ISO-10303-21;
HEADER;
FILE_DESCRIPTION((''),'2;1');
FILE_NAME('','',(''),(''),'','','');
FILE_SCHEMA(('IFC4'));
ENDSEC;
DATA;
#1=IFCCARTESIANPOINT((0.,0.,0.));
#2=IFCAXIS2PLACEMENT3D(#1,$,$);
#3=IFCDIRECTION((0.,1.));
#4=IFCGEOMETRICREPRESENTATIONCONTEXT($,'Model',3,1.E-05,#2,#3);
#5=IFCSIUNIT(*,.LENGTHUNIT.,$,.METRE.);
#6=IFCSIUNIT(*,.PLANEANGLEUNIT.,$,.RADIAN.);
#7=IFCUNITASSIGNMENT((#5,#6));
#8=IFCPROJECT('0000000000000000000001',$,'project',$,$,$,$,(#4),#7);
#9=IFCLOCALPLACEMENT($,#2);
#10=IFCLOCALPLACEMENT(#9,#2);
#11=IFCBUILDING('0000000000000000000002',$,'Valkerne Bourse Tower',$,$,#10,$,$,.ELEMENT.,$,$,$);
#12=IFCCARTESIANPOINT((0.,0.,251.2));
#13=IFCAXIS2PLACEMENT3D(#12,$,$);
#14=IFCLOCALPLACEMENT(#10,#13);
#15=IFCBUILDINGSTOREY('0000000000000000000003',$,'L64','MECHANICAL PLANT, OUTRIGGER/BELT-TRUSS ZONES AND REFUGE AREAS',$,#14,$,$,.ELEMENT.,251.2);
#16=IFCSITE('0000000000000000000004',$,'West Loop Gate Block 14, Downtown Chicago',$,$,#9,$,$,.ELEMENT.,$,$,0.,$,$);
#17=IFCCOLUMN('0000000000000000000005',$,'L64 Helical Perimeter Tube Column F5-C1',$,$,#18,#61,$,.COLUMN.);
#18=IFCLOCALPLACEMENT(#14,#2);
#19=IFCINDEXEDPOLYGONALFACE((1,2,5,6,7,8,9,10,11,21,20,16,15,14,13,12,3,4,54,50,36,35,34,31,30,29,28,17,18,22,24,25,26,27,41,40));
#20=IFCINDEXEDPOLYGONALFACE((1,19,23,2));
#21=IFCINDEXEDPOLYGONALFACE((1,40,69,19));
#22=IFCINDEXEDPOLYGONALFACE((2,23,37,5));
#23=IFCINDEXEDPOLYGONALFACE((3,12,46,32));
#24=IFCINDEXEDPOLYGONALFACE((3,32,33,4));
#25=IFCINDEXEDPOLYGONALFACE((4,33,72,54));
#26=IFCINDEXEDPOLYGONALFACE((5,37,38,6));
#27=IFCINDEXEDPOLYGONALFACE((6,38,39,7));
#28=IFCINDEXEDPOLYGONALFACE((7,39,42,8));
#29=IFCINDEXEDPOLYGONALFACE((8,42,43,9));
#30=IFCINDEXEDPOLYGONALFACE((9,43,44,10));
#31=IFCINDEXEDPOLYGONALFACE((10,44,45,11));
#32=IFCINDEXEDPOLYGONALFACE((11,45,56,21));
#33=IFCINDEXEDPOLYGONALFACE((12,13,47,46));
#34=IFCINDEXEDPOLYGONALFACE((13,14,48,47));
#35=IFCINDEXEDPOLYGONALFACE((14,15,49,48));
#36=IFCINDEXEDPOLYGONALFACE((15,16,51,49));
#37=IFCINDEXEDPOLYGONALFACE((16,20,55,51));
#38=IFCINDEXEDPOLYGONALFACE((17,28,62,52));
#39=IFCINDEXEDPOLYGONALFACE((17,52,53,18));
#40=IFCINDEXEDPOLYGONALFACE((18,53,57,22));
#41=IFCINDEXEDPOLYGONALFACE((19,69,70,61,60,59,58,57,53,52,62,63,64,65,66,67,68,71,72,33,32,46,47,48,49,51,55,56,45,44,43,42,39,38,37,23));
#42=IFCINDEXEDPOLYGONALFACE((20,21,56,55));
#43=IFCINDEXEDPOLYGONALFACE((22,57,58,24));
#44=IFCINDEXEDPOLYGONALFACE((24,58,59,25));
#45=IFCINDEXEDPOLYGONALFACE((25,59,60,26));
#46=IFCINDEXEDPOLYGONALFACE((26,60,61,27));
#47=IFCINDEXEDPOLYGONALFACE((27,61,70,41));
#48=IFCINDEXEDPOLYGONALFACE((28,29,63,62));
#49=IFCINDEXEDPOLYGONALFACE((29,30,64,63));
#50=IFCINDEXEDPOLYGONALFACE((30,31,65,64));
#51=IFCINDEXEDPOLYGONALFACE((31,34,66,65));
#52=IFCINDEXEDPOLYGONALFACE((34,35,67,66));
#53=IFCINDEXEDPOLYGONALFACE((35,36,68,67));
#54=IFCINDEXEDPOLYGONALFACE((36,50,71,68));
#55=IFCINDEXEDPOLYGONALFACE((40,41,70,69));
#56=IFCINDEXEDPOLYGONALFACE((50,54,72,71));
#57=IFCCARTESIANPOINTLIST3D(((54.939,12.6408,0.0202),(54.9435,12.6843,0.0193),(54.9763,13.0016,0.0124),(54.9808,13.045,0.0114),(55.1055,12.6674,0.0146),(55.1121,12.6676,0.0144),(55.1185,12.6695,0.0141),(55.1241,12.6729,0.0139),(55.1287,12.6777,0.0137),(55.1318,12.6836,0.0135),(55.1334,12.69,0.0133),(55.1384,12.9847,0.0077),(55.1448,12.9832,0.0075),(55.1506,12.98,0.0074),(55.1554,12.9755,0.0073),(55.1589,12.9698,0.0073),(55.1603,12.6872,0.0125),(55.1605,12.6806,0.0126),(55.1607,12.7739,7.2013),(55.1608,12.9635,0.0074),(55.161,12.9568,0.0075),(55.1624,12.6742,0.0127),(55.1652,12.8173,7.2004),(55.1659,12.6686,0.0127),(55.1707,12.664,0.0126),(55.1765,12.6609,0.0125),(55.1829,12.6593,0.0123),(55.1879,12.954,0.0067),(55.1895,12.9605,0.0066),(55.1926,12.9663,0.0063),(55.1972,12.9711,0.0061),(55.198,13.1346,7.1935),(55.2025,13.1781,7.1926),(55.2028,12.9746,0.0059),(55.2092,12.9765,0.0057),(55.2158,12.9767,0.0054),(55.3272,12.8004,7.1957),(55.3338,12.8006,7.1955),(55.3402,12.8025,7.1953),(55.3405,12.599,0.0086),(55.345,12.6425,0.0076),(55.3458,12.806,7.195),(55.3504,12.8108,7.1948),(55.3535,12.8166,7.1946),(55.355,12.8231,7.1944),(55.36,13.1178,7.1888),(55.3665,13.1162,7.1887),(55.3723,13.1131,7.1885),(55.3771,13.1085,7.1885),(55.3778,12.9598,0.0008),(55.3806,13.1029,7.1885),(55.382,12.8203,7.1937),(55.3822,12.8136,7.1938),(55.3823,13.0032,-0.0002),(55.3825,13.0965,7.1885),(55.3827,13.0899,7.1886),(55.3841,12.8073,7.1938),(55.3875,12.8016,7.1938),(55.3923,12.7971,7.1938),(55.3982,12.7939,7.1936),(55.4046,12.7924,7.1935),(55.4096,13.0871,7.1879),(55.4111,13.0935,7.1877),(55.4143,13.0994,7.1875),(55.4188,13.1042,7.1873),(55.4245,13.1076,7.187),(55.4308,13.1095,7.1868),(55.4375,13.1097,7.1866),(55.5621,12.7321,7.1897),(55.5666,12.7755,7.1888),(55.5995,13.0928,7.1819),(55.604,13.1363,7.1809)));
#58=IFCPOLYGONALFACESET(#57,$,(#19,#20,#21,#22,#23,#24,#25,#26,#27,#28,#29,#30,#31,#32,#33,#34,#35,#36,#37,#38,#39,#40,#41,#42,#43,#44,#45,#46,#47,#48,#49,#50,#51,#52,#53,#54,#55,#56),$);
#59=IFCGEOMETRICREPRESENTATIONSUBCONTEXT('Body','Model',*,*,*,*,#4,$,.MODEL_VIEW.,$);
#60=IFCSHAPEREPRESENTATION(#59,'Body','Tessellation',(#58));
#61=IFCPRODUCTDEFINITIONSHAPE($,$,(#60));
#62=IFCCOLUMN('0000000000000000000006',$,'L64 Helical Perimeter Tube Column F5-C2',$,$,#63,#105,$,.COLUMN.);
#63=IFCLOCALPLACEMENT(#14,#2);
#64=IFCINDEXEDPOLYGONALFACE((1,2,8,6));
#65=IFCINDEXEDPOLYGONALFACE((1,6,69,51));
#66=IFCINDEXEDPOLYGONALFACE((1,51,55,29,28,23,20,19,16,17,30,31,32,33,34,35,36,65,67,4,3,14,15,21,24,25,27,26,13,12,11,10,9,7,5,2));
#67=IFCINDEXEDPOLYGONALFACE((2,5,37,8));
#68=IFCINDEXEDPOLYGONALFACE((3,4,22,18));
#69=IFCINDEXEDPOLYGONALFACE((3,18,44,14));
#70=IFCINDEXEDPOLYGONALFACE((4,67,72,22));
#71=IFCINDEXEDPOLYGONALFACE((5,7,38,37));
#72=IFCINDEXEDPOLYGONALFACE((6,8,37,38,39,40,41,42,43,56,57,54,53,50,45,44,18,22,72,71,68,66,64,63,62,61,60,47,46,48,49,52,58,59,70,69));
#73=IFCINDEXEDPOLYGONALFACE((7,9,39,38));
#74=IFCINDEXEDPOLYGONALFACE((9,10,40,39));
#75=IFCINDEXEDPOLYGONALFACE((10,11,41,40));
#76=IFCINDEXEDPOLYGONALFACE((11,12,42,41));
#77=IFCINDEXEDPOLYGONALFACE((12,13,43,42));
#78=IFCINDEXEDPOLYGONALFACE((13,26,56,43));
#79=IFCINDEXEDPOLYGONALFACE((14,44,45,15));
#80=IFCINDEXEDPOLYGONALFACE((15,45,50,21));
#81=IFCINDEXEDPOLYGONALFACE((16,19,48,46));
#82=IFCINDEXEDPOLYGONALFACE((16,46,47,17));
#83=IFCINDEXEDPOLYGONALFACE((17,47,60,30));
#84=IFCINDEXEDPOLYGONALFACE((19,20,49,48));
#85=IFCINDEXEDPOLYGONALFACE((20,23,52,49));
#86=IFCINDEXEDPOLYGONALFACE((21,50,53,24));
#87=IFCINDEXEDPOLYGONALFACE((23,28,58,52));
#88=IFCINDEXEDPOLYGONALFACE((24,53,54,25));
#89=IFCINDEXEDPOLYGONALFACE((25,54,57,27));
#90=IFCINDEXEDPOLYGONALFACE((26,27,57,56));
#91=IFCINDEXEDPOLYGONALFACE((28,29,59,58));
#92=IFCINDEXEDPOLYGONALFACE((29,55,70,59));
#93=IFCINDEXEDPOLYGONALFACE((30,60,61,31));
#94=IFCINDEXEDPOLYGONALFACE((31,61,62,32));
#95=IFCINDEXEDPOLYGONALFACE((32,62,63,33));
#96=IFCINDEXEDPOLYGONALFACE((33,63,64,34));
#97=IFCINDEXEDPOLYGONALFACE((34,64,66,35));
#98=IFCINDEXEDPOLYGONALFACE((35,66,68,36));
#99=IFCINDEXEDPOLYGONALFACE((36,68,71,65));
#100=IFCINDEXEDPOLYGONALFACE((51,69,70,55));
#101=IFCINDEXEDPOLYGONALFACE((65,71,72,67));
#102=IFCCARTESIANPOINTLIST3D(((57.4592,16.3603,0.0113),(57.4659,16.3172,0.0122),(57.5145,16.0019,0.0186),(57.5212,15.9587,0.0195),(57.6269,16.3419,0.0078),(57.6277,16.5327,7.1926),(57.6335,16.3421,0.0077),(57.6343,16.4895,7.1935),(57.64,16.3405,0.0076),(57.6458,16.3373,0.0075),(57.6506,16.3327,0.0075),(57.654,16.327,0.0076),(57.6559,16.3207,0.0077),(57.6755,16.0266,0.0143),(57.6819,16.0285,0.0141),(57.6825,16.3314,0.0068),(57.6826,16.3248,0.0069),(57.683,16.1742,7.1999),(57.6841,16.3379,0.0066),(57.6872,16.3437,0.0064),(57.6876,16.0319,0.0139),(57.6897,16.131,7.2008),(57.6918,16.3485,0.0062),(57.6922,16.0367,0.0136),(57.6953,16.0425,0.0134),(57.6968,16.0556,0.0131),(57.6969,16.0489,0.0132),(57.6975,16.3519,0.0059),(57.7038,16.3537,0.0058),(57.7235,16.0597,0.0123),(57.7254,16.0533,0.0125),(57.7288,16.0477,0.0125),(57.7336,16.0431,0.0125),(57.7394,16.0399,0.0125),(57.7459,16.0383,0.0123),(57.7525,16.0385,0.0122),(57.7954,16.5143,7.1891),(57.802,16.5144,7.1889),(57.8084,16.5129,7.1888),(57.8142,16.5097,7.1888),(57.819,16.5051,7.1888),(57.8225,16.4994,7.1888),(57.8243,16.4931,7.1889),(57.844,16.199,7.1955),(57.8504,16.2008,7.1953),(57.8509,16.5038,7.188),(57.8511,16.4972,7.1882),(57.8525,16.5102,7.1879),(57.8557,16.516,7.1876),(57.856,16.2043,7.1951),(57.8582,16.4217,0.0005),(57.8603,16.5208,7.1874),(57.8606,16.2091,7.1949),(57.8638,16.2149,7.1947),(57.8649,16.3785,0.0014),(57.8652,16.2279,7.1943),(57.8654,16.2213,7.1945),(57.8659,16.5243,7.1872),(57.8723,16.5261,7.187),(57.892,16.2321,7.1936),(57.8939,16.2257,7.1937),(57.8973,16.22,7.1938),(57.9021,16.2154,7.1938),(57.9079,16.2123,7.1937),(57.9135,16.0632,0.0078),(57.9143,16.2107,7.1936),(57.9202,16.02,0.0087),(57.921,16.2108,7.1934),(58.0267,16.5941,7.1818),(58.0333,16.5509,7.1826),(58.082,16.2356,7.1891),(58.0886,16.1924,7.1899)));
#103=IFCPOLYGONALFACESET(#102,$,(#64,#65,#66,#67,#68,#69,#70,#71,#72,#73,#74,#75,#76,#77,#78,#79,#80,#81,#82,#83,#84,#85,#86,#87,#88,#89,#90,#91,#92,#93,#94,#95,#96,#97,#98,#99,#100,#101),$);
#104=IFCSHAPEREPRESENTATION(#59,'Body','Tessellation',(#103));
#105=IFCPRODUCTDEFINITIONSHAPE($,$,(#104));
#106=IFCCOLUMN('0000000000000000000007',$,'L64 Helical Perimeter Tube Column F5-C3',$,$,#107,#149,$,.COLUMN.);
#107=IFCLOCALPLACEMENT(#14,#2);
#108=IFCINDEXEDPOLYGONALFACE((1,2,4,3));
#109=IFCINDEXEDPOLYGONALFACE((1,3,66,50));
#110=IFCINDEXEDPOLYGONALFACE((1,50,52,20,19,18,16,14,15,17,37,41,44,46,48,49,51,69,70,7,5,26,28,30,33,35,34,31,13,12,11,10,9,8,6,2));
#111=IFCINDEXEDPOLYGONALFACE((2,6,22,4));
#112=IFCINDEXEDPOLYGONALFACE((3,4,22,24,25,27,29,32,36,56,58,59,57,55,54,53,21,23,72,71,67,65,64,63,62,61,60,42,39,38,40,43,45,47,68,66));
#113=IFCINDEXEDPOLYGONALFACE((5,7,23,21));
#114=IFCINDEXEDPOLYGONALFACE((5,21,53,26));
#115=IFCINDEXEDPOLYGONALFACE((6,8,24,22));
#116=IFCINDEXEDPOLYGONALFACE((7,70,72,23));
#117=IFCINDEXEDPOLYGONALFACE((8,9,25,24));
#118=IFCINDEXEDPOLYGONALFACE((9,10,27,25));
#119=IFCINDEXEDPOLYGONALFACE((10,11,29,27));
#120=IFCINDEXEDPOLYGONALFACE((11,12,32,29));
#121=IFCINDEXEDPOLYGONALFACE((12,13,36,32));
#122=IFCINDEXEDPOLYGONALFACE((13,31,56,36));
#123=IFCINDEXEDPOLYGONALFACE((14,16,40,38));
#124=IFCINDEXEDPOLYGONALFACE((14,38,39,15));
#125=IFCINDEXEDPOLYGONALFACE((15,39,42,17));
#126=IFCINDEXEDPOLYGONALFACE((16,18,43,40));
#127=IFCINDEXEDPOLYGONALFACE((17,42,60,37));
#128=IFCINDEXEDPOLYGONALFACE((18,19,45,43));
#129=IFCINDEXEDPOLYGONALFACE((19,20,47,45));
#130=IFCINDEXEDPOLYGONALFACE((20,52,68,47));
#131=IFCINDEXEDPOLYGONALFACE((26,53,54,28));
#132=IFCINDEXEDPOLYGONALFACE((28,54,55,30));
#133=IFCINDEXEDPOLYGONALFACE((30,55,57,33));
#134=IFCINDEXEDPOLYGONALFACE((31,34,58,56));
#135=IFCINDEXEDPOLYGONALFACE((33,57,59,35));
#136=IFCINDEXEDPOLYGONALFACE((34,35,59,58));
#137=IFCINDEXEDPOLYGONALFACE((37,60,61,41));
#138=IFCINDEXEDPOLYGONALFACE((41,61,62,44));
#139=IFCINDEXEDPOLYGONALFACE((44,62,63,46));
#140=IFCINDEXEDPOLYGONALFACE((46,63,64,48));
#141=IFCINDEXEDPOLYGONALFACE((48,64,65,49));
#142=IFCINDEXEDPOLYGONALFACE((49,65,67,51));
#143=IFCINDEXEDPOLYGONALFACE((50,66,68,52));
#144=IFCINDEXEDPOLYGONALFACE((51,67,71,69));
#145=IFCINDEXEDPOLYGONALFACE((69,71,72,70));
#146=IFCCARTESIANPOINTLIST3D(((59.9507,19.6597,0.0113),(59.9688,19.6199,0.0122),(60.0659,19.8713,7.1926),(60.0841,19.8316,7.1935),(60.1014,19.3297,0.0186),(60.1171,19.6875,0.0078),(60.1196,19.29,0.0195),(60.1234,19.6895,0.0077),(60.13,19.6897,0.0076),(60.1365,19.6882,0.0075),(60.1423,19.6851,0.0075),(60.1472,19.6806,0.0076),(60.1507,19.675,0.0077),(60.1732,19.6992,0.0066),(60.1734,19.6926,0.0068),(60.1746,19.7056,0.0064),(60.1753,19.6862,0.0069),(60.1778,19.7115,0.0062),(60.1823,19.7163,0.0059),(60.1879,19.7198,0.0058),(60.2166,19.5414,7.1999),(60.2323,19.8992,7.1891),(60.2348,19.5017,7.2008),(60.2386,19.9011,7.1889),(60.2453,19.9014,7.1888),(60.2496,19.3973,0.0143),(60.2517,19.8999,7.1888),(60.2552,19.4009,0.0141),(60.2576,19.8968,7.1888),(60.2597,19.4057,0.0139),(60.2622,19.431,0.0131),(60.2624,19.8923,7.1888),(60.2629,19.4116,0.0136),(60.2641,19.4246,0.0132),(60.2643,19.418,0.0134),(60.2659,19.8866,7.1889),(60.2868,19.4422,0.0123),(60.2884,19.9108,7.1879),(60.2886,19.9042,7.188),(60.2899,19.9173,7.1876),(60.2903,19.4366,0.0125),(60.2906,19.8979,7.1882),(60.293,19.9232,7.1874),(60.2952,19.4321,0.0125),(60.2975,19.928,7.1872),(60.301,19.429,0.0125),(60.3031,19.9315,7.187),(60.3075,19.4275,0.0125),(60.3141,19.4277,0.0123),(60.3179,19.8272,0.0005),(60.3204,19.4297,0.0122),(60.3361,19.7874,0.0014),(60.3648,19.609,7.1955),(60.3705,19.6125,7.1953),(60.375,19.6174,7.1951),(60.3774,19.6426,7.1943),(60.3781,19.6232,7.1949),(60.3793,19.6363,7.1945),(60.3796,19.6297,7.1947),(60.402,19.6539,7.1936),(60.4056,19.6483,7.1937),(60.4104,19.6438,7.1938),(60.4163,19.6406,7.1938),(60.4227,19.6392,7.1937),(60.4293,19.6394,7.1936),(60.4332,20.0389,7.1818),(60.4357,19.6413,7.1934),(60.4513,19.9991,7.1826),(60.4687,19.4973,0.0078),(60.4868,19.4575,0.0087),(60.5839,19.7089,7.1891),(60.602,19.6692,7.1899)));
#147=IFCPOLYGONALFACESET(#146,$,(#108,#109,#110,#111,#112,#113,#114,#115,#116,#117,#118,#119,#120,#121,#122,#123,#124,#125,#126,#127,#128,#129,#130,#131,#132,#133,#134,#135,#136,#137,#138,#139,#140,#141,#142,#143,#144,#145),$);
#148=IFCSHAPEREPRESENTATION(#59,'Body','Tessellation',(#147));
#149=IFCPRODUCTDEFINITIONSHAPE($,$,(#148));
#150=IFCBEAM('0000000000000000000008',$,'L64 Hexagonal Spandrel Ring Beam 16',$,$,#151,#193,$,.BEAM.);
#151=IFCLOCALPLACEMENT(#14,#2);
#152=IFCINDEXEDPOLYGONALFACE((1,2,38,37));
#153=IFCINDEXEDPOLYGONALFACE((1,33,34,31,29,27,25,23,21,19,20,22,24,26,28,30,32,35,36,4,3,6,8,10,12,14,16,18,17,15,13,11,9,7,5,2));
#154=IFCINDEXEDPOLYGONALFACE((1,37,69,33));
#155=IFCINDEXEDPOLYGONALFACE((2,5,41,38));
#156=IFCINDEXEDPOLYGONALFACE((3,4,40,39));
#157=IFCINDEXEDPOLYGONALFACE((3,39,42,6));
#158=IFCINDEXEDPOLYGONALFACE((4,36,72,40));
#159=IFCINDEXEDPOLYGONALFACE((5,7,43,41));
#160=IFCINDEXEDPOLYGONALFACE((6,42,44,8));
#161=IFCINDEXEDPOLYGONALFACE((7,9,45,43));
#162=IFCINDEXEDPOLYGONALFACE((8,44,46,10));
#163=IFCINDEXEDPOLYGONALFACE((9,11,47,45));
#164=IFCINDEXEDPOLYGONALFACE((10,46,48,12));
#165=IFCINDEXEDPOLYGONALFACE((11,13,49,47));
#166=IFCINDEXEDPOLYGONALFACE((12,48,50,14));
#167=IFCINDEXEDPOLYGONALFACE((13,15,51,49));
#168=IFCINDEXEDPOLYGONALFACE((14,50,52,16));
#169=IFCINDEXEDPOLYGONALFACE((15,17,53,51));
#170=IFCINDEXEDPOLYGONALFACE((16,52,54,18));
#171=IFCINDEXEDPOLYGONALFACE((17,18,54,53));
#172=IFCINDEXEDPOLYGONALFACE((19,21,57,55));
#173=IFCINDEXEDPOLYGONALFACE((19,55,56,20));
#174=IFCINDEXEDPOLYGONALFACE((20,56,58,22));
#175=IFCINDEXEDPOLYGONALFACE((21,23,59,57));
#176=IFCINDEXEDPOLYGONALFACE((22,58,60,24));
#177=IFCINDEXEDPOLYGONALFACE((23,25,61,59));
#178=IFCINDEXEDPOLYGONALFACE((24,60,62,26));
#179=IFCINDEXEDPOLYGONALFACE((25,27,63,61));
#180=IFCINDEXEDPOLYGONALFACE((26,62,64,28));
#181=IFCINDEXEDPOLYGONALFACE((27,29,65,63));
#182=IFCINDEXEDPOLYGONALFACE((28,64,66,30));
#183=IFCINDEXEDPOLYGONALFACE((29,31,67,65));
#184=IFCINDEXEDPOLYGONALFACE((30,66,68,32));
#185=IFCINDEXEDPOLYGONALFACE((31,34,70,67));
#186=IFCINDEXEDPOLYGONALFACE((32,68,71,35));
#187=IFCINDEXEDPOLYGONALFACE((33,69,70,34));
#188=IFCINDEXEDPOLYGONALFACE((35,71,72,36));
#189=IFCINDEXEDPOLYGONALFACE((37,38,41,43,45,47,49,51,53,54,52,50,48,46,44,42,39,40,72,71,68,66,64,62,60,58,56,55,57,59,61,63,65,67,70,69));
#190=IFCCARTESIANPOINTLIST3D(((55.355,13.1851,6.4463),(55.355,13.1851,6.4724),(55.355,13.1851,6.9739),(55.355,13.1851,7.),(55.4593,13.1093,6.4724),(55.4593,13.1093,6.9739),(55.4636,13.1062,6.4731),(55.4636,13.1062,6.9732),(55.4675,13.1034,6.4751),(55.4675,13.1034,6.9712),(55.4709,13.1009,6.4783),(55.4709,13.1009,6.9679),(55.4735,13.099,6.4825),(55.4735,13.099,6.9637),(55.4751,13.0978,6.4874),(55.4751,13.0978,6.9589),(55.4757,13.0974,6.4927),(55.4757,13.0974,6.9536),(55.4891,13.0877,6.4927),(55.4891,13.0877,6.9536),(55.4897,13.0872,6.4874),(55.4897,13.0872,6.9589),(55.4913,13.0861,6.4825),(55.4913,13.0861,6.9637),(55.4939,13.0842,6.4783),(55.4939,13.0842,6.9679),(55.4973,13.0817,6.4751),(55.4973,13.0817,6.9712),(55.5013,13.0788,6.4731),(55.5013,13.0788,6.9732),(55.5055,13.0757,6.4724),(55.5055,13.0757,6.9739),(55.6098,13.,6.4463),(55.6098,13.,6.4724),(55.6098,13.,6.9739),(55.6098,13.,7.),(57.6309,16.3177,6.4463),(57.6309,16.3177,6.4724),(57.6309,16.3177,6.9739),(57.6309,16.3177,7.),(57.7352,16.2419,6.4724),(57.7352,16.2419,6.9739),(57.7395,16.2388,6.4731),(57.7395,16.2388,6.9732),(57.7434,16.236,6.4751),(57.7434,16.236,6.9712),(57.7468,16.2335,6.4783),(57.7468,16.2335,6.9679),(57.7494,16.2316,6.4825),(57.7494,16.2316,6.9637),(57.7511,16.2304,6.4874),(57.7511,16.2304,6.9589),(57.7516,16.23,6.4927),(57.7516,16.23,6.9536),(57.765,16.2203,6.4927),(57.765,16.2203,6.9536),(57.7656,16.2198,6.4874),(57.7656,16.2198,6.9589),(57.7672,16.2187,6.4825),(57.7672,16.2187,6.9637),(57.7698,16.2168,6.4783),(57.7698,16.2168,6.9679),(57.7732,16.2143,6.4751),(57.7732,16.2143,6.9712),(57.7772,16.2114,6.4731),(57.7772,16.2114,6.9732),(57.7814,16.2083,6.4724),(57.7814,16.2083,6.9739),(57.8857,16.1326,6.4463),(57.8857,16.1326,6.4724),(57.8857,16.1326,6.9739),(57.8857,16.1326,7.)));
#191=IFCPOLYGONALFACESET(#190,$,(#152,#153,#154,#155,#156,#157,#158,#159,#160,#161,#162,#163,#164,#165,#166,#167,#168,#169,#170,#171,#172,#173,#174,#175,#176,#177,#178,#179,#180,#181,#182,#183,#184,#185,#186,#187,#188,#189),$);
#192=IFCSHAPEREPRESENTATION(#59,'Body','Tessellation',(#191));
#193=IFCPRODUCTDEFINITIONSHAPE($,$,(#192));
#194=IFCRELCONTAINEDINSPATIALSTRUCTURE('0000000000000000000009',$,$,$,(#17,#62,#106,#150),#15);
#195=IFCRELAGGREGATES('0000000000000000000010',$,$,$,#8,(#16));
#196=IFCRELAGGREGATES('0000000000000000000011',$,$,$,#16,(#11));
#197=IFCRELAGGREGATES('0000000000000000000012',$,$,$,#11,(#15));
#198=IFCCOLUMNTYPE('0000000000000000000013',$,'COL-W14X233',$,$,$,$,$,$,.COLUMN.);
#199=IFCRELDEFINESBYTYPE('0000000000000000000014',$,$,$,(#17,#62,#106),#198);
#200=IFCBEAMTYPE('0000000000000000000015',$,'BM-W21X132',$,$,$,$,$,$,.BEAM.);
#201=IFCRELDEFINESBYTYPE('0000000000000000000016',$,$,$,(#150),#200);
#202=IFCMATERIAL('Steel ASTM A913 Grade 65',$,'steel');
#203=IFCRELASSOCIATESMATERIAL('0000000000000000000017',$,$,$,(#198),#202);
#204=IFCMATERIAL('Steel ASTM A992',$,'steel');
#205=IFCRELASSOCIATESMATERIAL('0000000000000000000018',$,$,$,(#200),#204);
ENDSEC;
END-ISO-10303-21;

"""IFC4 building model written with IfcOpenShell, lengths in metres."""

from ifc_helpers import new_model, si_unit, direction, frame, origin, origin_2d, place, context, subcontext, project, spatial, i_section, extrude, material, material_profile, profile_set, type_object, element, save


model = new_model("IFC4")

# Units and contexts
model_context = context("Model", 3, precision=1e-05, world=origin(), true_north=direction((0.0, 1.0)))
body_context = subcontext(model_context, "Body", "Model", "MODEL_VIEW")
ifc_project = project(units=[si_unit("LENGTHUNIT", "METRE"), si_unit("PLANEANGLEUNIT", "RADIAN")], contexts=[model_context])

# Site, building, storey
site_placement = place(None, origin())
site = spatial("IfcSite", under=ifc_project, at=site_placement, Name="West Loop Gate Block 14, Downtown Chicago", CompositionType="ELEMENT", RefElevation=0.0)
building_placement = place(site_placement, origin())
building = spatial("IfcBuilding", under=site, at=building_placement, Name="Valkerne Bourse Tower", CompositionType="ELEMENT")
storey_placement = place(building_placement, frame((0.0, 0.0, 251.2)))
storey = spatial("IfcBuildingStorey", under=building, at=storey_placement, Name="L64", Description="MECHANICAL PLANT, OUTRIGGER/BELT-TRUSS ZONES AND REFUGE AREAS", CompositionType="ELEMENT", Elevation=251.2)

# Columns
ifc_material_1 = material(Name="Steel ASTM A913 Grade 65", Category="steel")
ifc_material_profile_1 = material_profile(ifc_material_1, i_section(OverallWidth=0.4038, OverallDepth=0.4065, WebThickness=0.0271, FlangeThickness=0.0437, FilletRadius=0.0254, at=origin_2d()), Name="W14X233")
ifc_profile_set_1 = profile_set([ifc_material_profile_1], Name="Steel ASTM A913 Grade 65")
column_type = type_object("IfcColumnType", Name="COL-W14X233", PredefinedType="COLUMN", material=ifc_profile_set_1)
column_placement = place(storey_placement, frame((55.1606, 12.822, 0.01), z_axis=(0.03085, 0.018517, 0.999353), x_axis=(-0.99421, 0.103527, 0.028773)))
element("IfcColumn", 1, at=column_placement, inside=storey, type_object=column_type, Name="L64 Helical Perimeter Tube Column F5-C1", PredefinedType="COLUMN", context=body_context, shape_type="SweptSolid", body=[
    extrude(i_section(OverallWidth=0.4038, OverallDepth=0.4065, WebThickness=0.0271, FlangeThickness=0.0437, FilletRadius=0.0254, at=origin_2d()), origin(), (0.0, 0.0, 1.0), 7.1858),
])
for number, where, z_axis, x_axis, name in (
    (2, (57.6897, 16.1902, 0.01), (0.023445, 0.023989, 0.999437), (-0.988029, -0.151916, 0.026824), "L64 Helical Perimeter Tube Column F5-C2"),
    (3, (60.2188, 19.5586, 0.01), (0.016038, 0.029459, 0.999437), (-0.909486, -0.414868, 0.026823), "L64 Helical Perimeter Tube Column F5-C3"),
):
    element("IfcColumn", number, at=place(storey_placement, frame(where, z_axis=z_axis, x_axis=x_axis)), inside=storey, type_object=column_type, Name=name, PredefinedType="COLUMN", context=body_context, shape_type="SweptSolid", body=[
        extrude(i_section(OverallWidth=0.4038, OverallDepth=0.4065, WebThickness=0.0271, FlangeThickness=0.0437, FilletRadius=0.0254, at=origin_2d()), origin(), (0.0, 0.0, 1.0), 7.1853),
    ])

# Beam
ifc_material_2 = material(Name="Steel ASTM A992", Category="steel")
ifc_material_profile_2 = material_profile(ifc_material_2, i_section(OverallWidth=0.3149, OverallDepth=0.5537, WebThickness=0.0166, FlangeThickness=0.0261, FilletRadius=0.0203, at=origin_2d()), Name="W21X132")
ifc_profile_set_2 = profile_set([ifc_material_profile_2], Name="Steel ASTM A992")
beam_type = type_object("IfcBeamType", Name="BM-W21X132", PredefinedType="BEAM", material=ifc_profile_set_2)
beam_1_placement = place(storey_placement, frame((55.4824, 13.0925, 6.7231), z_axis=(0.587774, 0.809025, 0.0), x_axis=(-0.809025, 0.587774, 0.0)))
element("IfcBeam", 4, at=beam_1_placement, inside=storey, type_object=beam_type, Name="L64 Hexagonal Spandrel Ring Beam 16", PredefinedType="BEAM", context=body_context, shape_type="SweptSolid", body=[
    extrude(i_section(OverallWidth=0.3149, OverallDepth=0.5537, WebThickness=0.0166, FlangeThickness=0.0261, FilletRadius=0.0203, at=origin_2d()), origin(), (0.0, 0.0, 1.0), 3.8721),
])

save(model, "model.ifc")
